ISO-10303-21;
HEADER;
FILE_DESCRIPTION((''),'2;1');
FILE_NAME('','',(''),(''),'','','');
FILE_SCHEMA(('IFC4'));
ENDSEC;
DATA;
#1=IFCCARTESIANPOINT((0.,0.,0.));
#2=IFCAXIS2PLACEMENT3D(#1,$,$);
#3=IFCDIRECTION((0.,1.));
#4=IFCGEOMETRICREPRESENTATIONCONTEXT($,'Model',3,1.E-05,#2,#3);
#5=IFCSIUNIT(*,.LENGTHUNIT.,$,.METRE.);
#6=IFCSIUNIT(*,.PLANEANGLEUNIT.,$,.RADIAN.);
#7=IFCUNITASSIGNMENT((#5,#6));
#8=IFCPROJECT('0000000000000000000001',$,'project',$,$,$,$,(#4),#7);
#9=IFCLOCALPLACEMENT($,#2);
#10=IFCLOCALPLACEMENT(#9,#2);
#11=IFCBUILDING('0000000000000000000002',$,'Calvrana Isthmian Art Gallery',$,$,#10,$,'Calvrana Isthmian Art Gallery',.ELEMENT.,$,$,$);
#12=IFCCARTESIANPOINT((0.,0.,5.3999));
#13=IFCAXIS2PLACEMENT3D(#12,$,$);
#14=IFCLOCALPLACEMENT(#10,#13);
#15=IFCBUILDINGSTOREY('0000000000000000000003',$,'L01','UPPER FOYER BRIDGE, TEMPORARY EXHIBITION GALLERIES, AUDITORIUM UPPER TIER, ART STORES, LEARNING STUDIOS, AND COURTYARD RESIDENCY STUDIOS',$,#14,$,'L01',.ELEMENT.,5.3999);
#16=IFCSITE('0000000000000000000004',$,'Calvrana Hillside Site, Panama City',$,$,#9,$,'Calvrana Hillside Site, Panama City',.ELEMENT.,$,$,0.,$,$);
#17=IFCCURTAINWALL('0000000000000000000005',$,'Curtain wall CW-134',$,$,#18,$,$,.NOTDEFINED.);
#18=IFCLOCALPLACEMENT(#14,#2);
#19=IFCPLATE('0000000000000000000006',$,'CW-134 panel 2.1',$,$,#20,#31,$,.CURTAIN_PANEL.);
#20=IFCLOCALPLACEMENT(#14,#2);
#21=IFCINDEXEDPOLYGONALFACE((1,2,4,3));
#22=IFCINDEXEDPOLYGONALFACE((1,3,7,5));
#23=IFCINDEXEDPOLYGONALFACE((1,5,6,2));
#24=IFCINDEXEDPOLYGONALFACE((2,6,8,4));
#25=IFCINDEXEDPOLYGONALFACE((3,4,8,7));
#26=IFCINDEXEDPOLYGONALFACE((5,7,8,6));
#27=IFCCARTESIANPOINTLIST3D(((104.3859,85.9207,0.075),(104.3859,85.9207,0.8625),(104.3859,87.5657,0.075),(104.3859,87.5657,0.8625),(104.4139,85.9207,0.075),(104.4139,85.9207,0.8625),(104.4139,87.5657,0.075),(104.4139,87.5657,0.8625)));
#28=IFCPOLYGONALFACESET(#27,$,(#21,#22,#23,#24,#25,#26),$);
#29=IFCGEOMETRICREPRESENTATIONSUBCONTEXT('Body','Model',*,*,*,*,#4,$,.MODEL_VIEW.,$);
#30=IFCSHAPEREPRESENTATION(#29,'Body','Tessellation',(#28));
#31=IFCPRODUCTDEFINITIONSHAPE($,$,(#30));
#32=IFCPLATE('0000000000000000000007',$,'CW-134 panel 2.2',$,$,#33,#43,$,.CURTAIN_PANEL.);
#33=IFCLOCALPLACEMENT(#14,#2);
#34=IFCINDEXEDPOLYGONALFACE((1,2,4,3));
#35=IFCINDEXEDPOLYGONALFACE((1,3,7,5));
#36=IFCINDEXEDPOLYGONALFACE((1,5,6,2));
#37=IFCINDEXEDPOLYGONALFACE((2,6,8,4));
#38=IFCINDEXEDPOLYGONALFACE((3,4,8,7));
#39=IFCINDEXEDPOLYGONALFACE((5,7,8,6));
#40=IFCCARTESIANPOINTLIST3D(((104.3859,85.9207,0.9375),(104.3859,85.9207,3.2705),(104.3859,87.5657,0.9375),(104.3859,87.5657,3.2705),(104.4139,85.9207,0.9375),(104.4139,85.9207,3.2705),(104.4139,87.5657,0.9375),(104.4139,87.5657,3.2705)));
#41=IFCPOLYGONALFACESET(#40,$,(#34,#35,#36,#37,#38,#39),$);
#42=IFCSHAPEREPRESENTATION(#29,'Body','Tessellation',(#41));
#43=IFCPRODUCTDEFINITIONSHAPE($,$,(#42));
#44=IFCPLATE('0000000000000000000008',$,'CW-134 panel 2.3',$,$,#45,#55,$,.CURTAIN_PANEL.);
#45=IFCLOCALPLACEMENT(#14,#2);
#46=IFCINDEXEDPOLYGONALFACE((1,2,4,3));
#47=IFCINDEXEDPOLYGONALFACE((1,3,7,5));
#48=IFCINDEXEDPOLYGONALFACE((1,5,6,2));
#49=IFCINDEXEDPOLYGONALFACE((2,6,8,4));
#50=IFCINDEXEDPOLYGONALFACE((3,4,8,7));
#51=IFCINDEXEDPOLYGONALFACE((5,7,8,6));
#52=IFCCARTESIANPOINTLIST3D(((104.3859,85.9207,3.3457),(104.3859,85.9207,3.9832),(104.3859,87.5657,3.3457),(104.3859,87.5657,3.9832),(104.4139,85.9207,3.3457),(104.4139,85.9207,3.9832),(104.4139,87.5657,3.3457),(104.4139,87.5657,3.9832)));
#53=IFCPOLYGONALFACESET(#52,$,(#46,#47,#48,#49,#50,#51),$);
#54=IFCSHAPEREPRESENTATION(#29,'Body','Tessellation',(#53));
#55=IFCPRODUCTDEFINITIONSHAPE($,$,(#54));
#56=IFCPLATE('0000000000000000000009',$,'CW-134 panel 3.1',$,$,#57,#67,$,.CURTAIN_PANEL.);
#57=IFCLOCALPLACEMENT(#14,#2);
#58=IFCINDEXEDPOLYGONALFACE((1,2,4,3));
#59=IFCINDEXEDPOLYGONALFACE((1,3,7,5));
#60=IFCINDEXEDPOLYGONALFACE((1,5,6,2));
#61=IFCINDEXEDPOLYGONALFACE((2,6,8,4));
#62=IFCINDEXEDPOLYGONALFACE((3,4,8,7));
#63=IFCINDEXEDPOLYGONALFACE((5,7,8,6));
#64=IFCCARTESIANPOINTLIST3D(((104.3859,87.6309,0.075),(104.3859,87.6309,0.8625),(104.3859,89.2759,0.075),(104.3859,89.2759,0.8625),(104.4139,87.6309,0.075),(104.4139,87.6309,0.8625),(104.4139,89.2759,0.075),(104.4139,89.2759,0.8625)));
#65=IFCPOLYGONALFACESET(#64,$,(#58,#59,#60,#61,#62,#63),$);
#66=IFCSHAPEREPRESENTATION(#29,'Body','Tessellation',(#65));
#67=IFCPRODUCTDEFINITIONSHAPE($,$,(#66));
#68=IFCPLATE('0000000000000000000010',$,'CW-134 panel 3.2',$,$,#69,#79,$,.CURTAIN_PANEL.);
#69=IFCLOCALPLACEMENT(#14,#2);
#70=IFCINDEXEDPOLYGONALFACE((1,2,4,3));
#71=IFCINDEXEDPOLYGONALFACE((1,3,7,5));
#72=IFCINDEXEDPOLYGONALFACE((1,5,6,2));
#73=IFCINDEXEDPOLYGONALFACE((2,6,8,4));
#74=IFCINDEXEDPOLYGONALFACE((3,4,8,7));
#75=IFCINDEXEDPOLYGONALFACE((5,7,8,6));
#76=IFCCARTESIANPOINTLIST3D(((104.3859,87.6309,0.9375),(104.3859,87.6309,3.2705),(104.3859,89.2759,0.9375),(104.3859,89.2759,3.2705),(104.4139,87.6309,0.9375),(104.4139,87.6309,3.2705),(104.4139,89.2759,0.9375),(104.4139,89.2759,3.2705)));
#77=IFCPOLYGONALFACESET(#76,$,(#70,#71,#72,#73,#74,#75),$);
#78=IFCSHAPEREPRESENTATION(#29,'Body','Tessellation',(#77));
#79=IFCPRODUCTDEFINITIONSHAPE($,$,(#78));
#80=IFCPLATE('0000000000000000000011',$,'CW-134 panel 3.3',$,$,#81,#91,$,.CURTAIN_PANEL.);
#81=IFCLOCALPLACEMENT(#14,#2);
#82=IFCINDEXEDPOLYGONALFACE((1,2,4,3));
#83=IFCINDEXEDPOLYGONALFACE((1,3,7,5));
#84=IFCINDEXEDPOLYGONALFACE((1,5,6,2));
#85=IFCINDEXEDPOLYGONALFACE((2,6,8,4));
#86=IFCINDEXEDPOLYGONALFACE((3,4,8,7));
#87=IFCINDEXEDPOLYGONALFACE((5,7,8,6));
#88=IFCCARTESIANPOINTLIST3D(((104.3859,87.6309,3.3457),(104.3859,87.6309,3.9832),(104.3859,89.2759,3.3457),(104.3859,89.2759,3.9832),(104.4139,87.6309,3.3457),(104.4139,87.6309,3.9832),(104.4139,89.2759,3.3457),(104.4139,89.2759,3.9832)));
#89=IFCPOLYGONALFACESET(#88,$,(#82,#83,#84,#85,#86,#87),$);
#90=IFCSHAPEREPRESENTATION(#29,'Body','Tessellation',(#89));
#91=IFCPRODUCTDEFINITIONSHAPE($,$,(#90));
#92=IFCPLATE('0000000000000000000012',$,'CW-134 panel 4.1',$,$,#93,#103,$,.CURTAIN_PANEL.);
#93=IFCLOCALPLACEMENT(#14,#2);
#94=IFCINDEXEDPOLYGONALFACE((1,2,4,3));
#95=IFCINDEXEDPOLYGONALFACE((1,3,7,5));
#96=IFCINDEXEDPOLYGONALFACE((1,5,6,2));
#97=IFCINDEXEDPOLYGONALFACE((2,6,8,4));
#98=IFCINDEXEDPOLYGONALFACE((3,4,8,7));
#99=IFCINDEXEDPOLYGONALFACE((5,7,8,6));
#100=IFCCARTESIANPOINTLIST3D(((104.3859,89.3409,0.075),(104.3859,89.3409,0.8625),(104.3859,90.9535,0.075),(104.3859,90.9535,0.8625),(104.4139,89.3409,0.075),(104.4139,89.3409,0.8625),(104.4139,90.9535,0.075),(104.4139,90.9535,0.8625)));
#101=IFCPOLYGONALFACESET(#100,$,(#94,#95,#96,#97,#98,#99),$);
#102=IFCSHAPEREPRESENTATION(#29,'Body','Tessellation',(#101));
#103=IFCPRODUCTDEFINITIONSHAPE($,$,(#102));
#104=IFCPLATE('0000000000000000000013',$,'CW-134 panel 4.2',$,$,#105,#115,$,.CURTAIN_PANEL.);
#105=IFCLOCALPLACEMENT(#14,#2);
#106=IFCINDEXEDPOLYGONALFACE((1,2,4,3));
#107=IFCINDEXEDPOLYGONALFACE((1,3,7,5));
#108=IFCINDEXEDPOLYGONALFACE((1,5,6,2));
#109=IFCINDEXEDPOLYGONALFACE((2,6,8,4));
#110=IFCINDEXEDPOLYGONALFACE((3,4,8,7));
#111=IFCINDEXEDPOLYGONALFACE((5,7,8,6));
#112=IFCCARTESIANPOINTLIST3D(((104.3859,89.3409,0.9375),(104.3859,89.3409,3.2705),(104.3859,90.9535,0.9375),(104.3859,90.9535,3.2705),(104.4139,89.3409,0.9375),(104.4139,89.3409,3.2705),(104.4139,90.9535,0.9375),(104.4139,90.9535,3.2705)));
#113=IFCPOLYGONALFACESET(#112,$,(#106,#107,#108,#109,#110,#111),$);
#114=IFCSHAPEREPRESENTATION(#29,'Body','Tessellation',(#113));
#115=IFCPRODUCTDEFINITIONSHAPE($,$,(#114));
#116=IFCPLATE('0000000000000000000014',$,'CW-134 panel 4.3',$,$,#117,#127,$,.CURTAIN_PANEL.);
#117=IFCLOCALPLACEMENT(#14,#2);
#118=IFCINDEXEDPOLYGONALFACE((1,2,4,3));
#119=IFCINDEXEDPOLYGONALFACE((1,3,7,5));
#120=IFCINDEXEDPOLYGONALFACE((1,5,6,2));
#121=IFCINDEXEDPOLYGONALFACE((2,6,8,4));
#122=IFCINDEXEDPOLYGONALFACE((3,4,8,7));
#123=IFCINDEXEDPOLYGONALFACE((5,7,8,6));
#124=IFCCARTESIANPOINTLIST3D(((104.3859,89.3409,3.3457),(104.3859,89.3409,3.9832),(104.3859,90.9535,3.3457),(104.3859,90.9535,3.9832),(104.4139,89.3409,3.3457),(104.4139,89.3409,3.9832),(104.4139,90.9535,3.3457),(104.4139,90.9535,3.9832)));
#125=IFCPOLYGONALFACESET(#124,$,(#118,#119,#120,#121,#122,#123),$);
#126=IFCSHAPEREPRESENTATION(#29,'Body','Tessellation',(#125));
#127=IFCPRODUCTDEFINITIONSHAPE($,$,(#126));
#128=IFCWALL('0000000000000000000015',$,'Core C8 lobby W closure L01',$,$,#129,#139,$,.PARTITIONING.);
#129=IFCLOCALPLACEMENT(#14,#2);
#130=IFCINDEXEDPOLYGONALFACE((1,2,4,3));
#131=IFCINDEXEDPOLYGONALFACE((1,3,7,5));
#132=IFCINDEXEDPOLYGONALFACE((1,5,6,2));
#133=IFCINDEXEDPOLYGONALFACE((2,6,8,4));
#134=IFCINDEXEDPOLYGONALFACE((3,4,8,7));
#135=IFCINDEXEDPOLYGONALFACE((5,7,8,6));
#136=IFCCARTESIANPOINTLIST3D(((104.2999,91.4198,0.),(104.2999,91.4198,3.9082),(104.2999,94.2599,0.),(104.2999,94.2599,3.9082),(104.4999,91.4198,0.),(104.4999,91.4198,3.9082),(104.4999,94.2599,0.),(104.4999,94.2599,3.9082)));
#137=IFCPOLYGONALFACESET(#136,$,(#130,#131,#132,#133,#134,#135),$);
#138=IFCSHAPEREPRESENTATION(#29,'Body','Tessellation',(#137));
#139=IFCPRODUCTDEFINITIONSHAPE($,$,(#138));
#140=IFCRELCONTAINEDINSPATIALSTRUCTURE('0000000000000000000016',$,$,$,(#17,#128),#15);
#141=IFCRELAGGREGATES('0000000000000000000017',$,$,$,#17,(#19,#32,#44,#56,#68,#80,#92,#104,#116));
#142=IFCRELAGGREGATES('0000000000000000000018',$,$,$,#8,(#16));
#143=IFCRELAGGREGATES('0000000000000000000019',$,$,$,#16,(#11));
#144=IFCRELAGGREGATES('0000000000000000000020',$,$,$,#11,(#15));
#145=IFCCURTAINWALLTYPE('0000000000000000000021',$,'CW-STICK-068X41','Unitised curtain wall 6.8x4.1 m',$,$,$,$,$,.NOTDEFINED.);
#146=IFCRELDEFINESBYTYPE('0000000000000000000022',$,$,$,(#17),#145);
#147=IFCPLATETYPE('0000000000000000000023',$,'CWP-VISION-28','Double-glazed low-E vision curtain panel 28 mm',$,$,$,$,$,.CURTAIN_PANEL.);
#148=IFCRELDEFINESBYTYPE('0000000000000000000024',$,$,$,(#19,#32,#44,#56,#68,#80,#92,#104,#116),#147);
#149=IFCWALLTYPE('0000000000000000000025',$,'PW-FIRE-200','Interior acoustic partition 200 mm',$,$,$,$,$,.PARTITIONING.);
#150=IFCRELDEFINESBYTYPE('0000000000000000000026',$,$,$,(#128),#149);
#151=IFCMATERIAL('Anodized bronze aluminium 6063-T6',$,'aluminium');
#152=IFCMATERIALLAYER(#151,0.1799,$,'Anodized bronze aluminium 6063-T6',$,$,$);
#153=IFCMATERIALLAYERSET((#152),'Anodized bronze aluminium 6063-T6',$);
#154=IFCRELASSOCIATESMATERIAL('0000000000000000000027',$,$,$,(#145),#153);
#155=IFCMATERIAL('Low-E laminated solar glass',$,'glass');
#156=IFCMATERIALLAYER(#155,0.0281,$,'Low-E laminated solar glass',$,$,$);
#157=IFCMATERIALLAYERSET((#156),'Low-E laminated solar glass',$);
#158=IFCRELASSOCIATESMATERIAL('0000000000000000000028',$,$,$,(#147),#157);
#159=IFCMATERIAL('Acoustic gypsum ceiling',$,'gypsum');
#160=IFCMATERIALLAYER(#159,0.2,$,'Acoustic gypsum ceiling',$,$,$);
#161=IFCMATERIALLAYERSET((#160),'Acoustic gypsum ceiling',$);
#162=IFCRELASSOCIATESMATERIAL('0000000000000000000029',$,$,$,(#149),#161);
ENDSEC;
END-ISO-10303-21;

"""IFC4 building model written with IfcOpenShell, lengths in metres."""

from ifc_helpers import new_model, si_unit, direction, frame, frame_2d, origin, origin_2d, place, context, subcontext, project, spatial, rectangle, extrude, material, layer, layer_set, type_object, element, aggregate, save


model = new_model("IFC4")

# Units and contexts
model_context = context("Model", 3, precision=1e-05, world=origin(), true_north=direction((0.0, 1.0)))
body_context = subcontext(model_context, "Body", "Model", "MODEL_VIEW")
ifc_project = project(units=[si_unit("LENGTHUNIT", "METRE"), si_unit("PLANEANGLEUNIT", "RADIAN")], contexts=[model_context])

# Site, building, storey
site_placement = place(None, origin())
site = spatial("IfcSite", under=ifc_project, at=site_placement, Name="Calvrana Hillside Site, Panama City", LongName="Calvrana Hillside Site, Panama City", CompositionType="ELEMENT", RefElevation=0.0)
building_placement = place(site_placement, origin())
building = spatial("IfcBuilding", under=site, at=building_placement, Name="Calvrana Isthmian Art Gallery", LongName="Calvrana Isthmian Art Gallery", CompositionType="ELEMENT")
storey_placement = place(building_placement, frame((0.0, 0.0, 5.3999)))
storey = spatial("IfcBuildingStorey", under=building, at=storey_placement, Name="L01", Description="UPPER FOYER BRIDGE, TEMPORARY EXHIBITION GALLERIES, AUDITORIUM UPPER TIER, ART STORES, LEARNING STUDIOS, AND COURTYARD RESIDENCY STUDIOS", LongName="L01", CompositionType="ELEMENT", Elevation=5.3999)

# Curtain wall, plates
ifc_material_1 = material(Name="Anodized bronze aluminium 6063-T6", Category="aluminium")
ifc_layer_1 = layer(ifc_material_1, 0.1799, Name="Anodized bronze aluminium 6063-T6")
ifc_layer_set_1 = layer_set([ifc_layer_1], Name="Anodized bronze aluminium 6063-T6")
curtain_wall_type = type_object("IfcCurtainWallType", Name="CW-STICK-068X41", Description="Unitised curtain wall 6.8x4.1 m", PredefinedType="NOTDEFINED", material=ifc_layer_set_1)
curtain_wall_placement = place(storey_placement, origin())
curtain_wall = element("IfcCurtainWall", 1, at=curtain_wall_placement, inside=storey, type_object=curtain_wall_type, Name="Curtain wall CW-134", PredefinedType="NOTDEFINED")
ifc_material_2 = material(Name="Low-E laminated solar glass", Category="glass")
ifc_layer_2 = layer(ifc_material_2, 0.0281, Name="Low-E laminated solar glass")
ifc_layer_set_2 = layer_set([ifc_layer_2], Name="Low-E laminated solar glass")
plate_type = type_object("IfcPlateType", Name="CWP-VISION-28", Description="Double-glazed low-E vision curtain panel 28 mm", PredefinedType="CURTAIN_PANEL", material=ifc_layer_set_2)
plate_1_placement = place(storey_placement, frame((104.3999, 86.7432, 0.075), z_axis=(0.0, 0.0, 1.0), x_axis=(0.0, 1.0, 0.0)))
plate_1 = element("IfcPlate", 2, at=plate_1_placement, type_object=plate_type, Name="CW-134 panel 2.1", PredefinedType="CURTAIN_PANEL", context=body_context, shape_type="SweptSolid", body=[
    extrude(rectangle(XDim=1.645, YDim=0.0281, at=origin_2d()), origin(), (0.0, 0.0, 1.0), 0.7876),
])
plate_2_placement = place(storey_placement, frame((104.3999, 86.7432, 0.9375), z_axis=(0.0, 0.0, 1.0), x_axis=(0.0, 1.0, 0.0)))
plate_2 = element("IfcPlate", 3, at=plate_2_placement, type_object=plate_type, Name="CW-134 panel 2.2", PredefinedType="CURTAIN_PANEL", context=body_context, shape_type="SweptSolid", body=[
    extrude(rectangle(XDim=1.645, YDim=0.0281, at=origin_2d()), origin(), (0.0, 0.0, 1.0), 2.333),
])
plate_3_placement = place(storey_placement, frame((104.3999, 86.7432, 3.3457), z_axis=(0.0, 0.0, 1.0), x_axis=(0.0, 1.0, 0.0)))
plate_3 = element("IfcPlate", 4, at=plate_3_placement, type_object=plate_type, Name="CW-134 panel 2.3", PredefinedType="CURTAIN_PANEL", context=body_context, shape_type="SweptSolid", body=[
    extrude(rectangle(XDim=1.645, YDim=0.0281, at=origin_2d()), origin(), (0.0, 0.0, 1.0), 0.6375),
])
plate_4_placement = place(storey_placement, frame((104.3999, 88.4534, 0.075), z_axis=(0.0, 0.0, 1.0), x_axis=(0.0, 1.0, 0.0)))
plate_4 = element("IfcPlate", 5, at=plate_4_placement, type_object=plate_type, Name="CW-134 panel 3.1", PredefinedType="CURTAIN_PANEL", context=body_context, shape_type="SweptSolid", body=[
    extrude(rectangle(XDim=1.645, YDim=0.0281, at=origin_2d()), origin(), (0.0, 0.0, 1.0), 0.7876),
])
plate_5_placement = place(storey_placement, frame((104.3999, 88.4534, 0.9375), z_axis=(0.0, 0.0, 1.0), x_axis=(0.0, 1.0, 0.0)))
plate_5 = element("IfcPlate", 6, at=plate_5_placement, type_object=plate_type, Name="CW-134 panel 3.2", PredefinedType="CURTAIN_PANEL", context=body_context, shape_type="SweptSolid", body=[
    extrude(rectangle(XDim=1.645, YDim=0.0281, at=origin_2d()), origin(), (0.0, 0.0, 1.0), 2.333),
])
plate_6_placement = place(storey_placement, frame((104.3999, 88.4534, 3.3457), z_axis=(0.0, 0.0, 1.0), x_axis=(0.0, 1.0, 0.0)))
plate_6 = element("IfcPlate", 7, at=plate_6_placement, type_object=plate_type, Name="CW-134 panel 3.3", PredefinedType="CURTAIN_PANEL", context=body_context, shape_type="SweptSolid", body=[
    extrude(rectangle(XDim=1.645, YDim=0.0281, at=origin_2d()), origin(), (0.0, 0.0, 1.0), 0.6375),
])
plate_7_placement = place(storey_placement, frame((104.3999, 90.1472, 0.075), z_axis=(0.0, 0.0, 1.0), x_axis=(0.0, 1.0, 0.0)))
plate_7 = element("IfcPlate", 8, at=plate_7_placement, type_object=plate_type, Name="CW-134 panel 4.1", PredefinedType="CURTAIN_PANEL", context=body_context, shape_type="SweptSolid", body=[
    extrude(rectangle(XDim=1.6125, YDim=0.0281, at=origin_2d()), origin(), (0.0, 0.0, 1.0), 0.7876),
])
plate_8_placement = place(storey_placement, frame((104.3999, 90.1472, 0.9375), z_axis=(0.0, 0.0, 1.0), x_axis=(0.0, 1.0, 0.0)))
plate_8 = element("IfcPlate", 9, at=plate_8_placement, type_object=plate_type, Name="CW-134 panel 4.2", PredefinedType="CURTAIN_PANEL", context=body_context, shape_type="SweptSolid", body=[
    extrude(rectangle(XDim=1.6125, YDim=0.0281, at=origin_2d()), origin(), (0.0, 0.0, 1.0), 2.333),
])
plate_9_placement = place(storey_placement, frame((104.3999, 90.1472, 3.3457), z_axis=(0.0, 0.0, 1.0), x_axis=(0.0, 1.0, 0.0)))
plate_9 = element("IfcPlate", 10, at=plate_9_placement, type_object=plate_type, Name="CW-134 panel 4.3", PredefinedType="CURTAIN_PANEL", context=body_context, shape_type="SweptSolid", body=[
    extrude(rectangle(XDim=1.6125, YDim=0.0281, at=origin_2d()), origin(), (0.0, 0.0, 1.0), 0.6375),
])
aggregate(curtain_wall, [plate_1, plate_2, plate_3, plate_4, plate_5, plate_6, plate_7, plate_8, plate_9])

# Wall
ifc_material_3 = material(Name="Acoustic gypsum ceiling", Category="gypsum")
ifc_layer_3 = layer(ifc_material_3, 0.2, Name="Acoustic gypsum ceiling")
ifc_layer_set_3 = layer_set([ifc_layer_3], Name="Acoustic gypsum ceiling")
wall_type = type_object("IfcWallType", Name="PW-FIRE-200", Description="Interior acoustic partition 200 mm", PredefinedType="PARTITIONING", material=ifc_layer_set_3)
wall_placement = place(storey_placement, frame((104.3999, 91.4199, 0.0), z_axis=(0.0, 0.0, 1.0), x_axis=(0.0, 1.0, 0.0)))
element("IfcWall", 11, at=wall_placement, inside=storey, type_object=wall_type, Name="Core C8 lobby W closure L01", PredefinedType="PARTITIONING", context=body_context, shape_type="SweptSolid", body=[
    extrude(rectangle(XDim=2.8401, YDim=0.2, at=frame_2d((1.4199, 0.0))), origin(), (0.0, 0.0, 1.0), 3.9082),
])

save(model, "model.ifc")
